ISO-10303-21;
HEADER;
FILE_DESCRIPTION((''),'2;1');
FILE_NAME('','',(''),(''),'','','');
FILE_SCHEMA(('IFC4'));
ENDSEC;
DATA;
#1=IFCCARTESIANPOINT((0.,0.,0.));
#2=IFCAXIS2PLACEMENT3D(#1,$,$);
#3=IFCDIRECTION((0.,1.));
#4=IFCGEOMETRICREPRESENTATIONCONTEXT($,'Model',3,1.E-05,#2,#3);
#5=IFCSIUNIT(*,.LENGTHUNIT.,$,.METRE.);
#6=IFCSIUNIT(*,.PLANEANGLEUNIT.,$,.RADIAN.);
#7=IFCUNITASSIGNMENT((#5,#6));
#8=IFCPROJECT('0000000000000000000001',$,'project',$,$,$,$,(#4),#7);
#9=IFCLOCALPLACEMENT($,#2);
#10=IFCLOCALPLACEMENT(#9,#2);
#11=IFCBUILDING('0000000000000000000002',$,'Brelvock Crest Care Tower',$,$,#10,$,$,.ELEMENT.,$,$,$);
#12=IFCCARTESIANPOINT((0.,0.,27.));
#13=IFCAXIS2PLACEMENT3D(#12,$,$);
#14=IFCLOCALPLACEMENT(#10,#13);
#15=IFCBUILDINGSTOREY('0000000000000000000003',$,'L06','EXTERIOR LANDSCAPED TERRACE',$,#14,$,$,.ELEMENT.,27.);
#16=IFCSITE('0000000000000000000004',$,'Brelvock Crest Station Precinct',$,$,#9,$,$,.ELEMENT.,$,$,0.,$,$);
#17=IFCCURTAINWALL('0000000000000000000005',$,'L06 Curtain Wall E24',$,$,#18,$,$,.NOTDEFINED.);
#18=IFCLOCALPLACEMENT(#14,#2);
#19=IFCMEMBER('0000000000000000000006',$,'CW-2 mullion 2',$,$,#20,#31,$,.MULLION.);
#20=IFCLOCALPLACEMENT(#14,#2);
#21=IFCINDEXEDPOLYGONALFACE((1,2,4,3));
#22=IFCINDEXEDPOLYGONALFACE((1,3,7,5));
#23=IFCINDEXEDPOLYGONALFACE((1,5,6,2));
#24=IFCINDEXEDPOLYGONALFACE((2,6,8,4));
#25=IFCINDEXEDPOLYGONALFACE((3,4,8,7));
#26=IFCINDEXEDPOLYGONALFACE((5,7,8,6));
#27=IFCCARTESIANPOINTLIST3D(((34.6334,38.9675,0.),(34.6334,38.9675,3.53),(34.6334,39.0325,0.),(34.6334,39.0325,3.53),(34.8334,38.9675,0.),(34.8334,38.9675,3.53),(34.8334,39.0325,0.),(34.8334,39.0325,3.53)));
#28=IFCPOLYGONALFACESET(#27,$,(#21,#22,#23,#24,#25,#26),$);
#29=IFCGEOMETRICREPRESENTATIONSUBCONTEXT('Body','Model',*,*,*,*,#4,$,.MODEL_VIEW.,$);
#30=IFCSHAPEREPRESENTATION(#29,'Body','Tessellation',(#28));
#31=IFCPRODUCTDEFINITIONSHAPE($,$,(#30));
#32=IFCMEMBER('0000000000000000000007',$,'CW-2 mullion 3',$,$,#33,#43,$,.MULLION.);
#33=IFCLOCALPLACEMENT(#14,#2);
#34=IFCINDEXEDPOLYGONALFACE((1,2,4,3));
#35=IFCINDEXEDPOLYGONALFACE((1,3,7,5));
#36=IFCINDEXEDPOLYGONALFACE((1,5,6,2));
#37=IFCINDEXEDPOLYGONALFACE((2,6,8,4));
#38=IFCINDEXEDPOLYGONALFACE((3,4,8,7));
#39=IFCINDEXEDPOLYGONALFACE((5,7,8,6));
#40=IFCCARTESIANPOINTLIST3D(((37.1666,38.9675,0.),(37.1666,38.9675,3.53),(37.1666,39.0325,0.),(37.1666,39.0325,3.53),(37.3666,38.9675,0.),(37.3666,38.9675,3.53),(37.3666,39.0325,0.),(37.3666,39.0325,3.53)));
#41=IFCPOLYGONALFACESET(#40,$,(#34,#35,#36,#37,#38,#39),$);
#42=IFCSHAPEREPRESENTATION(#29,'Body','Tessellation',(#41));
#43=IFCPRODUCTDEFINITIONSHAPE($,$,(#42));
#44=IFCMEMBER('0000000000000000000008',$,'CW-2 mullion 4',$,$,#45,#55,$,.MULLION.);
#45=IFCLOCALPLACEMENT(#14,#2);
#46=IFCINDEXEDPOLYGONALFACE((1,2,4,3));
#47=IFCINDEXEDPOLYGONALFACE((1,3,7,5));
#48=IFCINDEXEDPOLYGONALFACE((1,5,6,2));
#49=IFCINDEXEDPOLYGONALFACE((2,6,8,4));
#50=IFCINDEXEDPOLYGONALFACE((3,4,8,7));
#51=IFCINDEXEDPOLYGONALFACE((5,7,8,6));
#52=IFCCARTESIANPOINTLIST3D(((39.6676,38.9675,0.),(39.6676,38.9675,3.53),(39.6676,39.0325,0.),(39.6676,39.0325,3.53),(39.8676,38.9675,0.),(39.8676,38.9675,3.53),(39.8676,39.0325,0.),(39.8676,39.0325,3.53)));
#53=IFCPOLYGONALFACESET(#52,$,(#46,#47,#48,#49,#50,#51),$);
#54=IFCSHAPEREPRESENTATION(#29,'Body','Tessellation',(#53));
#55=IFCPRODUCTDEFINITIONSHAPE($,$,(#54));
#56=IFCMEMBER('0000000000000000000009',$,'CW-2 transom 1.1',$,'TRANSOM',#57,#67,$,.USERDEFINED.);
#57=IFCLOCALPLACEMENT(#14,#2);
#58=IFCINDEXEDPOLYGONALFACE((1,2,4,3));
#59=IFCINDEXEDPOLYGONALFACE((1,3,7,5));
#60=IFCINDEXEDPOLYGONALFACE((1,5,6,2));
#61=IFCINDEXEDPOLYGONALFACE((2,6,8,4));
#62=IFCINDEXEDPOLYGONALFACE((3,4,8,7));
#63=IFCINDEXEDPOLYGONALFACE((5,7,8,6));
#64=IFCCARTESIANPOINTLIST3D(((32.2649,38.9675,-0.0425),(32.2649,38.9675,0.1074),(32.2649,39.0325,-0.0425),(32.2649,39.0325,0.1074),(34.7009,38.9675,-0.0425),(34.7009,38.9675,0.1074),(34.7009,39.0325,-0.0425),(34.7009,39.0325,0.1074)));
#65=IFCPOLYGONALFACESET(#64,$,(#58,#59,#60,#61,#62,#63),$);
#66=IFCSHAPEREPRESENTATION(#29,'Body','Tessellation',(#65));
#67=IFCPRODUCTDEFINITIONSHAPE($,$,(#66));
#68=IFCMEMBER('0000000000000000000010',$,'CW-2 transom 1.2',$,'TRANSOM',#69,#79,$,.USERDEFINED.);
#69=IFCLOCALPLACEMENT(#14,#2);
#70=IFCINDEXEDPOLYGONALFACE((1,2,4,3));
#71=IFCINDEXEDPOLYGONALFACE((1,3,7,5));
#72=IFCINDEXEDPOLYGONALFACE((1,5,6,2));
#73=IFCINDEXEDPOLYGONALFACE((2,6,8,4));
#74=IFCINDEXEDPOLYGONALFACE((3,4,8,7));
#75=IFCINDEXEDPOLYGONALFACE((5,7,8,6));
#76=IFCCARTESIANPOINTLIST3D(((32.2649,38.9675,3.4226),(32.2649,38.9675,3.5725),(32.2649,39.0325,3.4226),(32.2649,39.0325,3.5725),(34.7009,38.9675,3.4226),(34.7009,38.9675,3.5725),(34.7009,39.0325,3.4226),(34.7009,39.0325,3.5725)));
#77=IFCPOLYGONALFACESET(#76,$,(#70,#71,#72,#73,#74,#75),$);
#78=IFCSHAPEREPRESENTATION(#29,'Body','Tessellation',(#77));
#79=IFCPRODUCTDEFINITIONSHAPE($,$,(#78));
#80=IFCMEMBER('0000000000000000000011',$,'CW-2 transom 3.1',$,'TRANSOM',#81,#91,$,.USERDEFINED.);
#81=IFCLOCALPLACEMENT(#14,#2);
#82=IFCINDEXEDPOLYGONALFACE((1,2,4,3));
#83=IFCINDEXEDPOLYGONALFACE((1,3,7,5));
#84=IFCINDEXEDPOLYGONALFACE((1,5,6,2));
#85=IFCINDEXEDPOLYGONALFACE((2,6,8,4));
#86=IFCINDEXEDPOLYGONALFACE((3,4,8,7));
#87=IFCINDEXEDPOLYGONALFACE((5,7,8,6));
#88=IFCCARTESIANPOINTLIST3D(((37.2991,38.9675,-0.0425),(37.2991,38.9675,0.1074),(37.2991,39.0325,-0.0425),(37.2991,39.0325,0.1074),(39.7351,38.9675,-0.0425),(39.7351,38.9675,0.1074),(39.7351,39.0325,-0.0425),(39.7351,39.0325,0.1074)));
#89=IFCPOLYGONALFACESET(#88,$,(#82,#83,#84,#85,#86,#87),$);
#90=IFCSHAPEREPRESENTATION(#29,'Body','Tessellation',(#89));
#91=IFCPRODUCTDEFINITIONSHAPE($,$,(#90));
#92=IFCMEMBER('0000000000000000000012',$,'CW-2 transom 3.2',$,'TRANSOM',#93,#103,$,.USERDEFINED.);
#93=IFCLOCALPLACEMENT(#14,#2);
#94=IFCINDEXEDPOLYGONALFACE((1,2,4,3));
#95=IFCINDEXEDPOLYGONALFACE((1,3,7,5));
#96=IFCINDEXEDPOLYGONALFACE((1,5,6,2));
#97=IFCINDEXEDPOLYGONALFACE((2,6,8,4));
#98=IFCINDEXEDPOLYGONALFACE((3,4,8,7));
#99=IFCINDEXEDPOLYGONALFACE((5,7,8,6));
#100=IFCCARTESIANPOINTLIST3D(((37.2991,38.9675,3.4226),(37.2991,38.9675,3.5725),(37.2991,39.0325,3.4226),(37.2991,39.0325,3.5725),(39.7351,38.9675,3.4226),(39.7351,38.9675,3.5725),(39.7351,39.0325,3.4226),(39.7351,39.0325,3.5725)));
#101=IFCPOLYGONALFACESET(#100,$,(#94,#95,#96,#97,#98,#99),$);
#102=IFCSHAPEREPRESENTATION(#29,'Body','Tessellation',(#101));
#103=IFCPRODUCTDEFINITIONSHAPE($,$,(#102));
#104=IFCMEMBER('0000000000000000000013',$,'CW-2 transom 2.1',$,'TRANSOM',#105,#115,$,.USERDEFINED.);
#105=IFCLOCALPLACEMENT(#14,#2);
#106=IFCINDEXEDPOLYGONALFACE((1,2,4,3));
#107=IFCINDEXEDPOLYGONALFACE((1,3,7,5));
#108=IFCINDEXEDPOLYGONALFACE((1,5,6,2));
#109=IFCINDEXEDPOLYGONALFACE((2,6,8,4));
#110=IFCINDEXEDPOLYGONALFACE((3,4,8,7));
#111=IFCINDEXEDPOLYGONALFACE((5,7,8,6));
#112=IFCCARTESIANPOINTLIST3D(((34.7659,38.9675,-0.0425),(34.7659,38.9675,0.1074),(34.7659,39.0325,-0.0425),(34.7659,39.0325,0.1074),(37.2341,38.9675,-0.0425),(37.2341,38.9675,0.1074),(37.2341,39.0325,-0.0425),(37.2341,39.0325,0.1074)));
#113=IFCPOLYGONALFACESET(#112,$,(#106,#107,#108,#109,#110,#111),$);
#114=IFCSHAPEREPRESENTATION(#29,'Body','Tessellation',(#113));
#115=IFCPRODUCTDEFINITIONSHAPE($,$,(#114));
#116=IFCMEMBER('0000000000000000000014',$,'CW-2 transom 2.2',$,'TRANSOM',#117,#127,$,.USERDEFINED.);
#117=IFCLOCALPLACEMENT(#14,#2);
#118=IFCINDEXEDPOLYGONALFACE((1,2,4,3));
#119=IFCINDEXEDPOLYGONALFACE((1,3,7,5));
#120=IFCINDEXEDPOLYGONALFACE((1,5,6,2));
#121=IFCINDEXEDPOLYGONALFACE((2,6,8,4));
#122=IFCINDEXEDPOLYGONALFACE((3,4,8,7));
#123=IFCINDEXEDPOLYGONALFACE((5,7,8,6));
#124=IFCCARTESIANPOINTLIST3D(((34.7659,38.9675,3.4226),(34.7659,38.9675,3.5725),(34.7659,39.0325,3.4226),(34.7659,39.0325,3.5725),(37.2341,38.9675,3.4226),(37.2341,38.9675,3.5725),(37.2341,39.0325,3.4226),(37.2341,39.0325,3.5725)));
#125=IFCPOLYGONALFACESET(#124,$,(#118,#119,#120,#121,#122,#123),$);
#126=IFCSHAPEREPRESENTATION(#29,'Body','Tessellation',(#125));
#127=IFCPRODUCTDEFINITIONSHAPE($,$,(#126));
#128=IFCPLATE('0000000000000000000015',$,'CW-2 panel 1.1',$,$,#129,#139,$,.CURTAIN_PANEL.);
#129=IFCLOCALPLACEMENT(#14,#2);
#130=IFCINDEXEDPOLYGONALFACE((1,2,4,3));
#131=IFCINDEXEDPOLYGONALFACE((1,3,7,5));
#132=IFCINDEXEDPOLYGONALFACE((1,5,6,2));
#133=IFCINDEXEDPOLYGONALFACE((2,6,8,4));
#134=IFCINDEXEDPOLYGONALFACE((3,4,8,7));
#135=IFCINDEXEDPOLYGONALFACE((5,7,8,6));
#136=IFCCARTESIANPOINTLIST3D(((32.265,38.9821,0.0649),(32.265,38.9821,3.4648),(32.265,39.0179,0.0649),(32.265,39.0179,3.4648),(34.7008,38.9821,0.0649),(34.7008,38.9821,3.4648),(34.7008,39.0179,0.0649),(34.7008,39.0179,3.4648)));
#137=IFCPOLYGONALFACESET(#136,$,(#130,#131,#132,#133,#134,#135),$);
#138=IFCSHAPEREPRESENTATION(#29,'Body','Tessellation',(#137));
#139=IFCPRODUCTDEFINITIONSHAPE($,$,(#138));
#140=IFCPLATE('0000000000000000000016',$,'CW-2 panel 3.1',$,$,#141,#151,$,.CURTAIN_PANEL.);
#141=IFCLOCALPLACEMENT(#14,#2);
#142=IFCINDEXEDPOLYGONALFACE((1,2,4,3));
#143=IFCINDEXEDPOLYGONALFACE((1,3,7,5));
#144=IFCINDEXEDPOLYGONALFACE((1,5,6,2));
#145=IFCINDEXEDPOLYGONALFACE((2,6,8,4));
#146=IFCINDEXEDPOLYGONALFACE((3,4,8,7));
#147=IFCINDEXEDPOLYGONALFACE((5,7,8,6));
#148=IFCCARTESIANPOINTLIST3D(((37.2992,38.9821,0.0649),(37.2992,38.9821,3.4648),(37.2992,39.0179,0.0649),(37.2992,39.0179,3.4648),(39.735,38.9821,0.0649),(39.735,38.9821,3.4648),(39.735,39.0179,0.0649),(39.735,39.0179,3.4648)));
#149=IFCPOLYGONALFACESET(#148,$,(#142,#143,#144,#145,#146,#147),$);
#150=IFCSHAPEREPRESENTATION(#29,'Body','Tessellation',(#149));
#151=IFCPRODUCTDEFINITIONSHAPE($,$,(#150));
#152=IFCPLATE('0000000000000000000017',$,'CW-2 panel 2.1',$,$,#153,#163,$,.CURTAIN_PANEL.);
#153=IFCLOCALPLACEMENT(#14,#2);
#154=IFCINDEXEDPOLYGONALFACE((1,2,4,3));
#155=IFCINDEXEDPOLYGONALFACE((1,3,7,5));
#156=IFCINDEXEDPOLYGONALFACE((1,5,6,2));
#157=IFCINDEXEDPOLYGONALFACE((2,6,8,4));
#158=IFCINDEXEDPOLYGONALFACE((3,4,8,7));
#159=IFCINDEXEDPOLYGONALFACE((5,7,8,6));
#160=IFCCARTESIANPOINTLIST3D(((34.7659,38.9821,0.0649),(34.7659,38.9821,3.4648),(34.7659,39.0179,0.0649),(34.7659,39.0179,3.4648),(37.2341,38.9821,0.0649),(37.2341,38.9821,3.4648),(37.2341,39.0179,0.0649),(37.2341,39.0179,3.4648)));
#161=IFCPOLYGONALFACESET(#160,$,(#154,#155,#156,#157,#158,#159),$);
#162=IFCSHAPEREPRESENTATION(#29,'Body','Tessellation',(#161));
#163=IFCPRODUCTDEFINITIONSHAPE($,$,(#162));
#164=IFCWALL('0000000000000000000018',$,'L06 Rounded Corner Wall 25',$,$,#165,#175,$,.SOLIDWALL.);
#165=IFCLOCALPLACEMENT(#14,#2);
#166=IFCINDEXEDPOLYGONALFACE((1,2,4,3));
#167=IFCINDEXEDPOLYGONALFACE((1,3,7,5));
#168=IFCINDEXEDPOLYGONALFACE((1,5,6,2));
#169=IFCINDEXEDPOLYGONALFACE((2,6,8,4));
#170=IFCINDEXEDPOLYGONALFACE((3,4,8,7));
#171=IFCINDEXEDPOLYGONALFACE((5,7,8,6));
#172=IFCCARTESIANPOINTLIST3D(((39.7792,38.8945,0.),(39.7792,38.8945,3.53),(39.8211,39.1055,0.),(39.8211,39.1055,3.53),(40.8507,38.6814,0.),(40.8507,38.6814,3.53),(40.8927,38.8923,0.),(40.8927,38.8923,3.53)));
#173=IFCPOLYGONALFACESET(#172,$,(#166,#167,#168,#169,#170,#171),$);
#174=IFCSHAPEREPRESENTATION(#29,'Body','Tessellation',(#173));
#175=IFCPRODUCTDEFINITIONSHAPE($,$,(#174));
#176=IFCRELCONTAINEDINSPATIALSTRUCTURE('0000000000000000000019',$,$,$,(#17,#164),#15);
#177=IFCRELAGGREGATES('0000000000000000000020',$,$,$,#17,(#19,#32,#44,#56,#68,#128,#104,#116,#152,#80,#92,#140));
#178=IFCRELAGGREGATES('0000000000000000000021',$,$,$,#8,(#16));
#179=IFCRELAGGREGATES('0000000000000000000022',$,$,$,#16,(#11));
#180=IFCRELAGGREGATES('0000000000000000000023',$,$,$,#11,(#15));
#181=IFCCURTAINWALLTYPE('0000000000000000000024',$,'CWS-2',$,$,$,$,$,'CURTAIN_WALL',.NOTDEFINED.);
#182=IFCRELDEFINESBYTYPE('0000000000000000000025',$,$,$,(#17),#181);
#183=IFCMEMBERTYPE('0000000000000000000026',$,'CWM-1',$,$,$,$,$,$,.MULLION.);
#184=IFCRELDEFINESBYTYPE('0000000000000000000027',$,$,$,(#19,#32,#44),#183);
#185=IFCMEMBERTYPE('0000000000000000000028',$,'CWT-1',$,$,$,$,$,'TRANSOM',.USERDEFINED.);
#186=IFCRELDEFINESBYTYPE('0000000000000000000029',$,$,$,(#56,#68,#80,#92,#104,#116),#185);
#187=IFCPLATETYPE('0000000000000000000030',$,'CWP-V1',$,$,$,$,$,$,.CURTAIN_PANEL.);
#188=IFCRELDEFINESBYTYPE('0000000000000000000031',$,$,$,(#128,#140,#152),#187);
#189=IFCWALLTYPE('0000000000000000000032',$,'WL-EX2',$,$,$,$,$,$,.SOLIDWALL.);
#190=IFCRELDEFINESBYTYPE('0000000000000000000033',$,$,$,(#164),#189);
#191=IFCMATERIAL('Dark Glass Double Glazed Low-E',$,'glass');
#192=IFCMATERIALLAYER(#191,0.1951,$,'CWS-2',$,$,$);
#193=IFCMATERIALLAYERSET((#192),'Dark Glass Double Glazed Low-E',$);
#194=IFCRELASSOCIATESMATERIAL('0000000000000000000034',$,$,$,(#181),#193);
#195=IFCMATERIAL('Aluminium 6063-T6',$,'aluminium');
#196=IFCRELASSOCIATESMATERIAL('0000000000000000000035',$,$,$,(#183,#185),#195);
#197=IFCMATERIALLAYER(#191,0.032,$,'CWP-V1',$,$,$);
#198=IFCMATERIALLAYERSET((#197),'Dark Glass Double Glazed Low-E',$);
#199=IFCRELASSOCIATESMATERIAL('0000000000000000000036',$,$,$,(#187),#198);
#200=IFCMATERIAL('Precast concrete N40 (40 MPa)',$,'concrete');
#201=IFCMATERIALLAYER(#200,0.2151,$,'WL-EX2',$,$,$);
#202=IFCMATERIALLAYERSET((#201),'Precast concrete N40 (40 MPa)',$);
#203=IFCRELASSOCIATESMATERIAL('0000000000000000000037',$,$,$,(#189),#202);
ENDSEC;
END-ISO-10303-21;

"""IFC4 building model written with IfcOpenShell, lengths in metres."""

from ifc_helpers import new_model, si_unit, direction, frame, frame_2d, origin, origin_2d, place, context, subcontext, project, spatial, rectangle, extrude, source, transform, mapped, material, layer, layer_set, material_profile, profile_set, type_object, element, aggregate, save


model = new_model("IFC4")

# Units and contexts
model_context = context("Model", 3, precision=1e-05, world=origin(), true_north=direction((0.0, 1.0)))
body_context = subcontext(model_context, "Body", "Model", "MODEL_VIEW")
ifc_project = project(units=[si_unit("LENGTHUNIT", "METRE"), si_unit("PLANEANGLEUNIT", "RADIAN")], contexts=[model_context])

# Site, building, storey
site_placement = place(None, origin())
site = spatial("IfcSite", under=ifc_project, at=site_placement, Name="Brelvock Crest Station Precinct", CompositionType="ELEMENT", RefElevation=0.0)
building_placement = place(site_placement, origin())
building = spatial("IfcBuilding", under=site, at=building_placement, Name="Brelvock Crest Care Tower", CompositionType="ELEMENT")
storey_placement = place(building_placement, frame((0.0, 0.0, 27.0)))
storey = spatial("IfcBuildingStorey", under=building, at=storey_placement, Name="L06", Description="EXTERIOR LANDSCAPED TERRACE", CompositionType="ELEMENT", Elevation=27.0)

# Curtain wall, members, plates
ifc_material_1 = material(Name="Dark Glass Double Glazed Low-E", Category="glass")
ifc_layer_1 = layer(ifc_material_1, 0.1951, Name="CWS-2")
ifc_layer_set_1 = layer_set([ifc_layer_1], Name="Dark Glass Double Glazed Low-E")
curtain_wall_type = type_object("IfcCurtainWallType", Name="CWS-2", ElementType="CURTAIN_WALL", PredefinedType="NOTDEFINED", material=ifc_layer_set_1)
curtain_wall_placement = place(storey_placement, origin())
curtain_wall = element("IfcCurtainWall", 1, at=curtain_wall_placement, inside=storey, type_object=curtain_wall_type, Name="L06 Curtain Wall E24", PredefinedType="NOTDEFINED")
ifc_material_2 = material(Name="Aluminium 6063-T6", Category="aluminium")
ifc_material_profile_1 = material_profile(ifc_material_2, rectangle(XDim=0.0649, YDim=0.2, at=origin_2d()), Name="ALU65x200")
ifc_profile_set_1 = profile_set([ifc_material_profile_1], Name="Aluminium 6063-T6")
member_type_1 = type_object("IfcMemberType", Name="CWM-1", PredefinedType="MULLION", material=ifc_profile_set_1)
shared_shape_1 = source(origin(), body_context, "Body", "SweptSolid", [
    extrude(rectangle(XDim=0.0649, YDim=0.2, at=origin_2d()), origin(), (0.0, 0.0, 1.0), 3.53),
])
member_1_placement = place(storey_placement, frame((34.7334, 39.0, 0.0), z_axis=(0.0, 0.0, 1.0), x_axis=(0.0, 1.0, 0.0)))
member_1 = element("IfcMember", 2, at=member_1_placement, type_object=member_type_1, Name="CW-2 mullion 2", PredefinedType="MULLION", context=body_context, shape_type="MappedRepresentation", body=[
    mapped(shared_shape_1, transform((0.0, 0.0, 0.0), x_axis=(1.0, 0.0, 0.0), y_axis=(0.0, 1.0, 0.0), z_axis=(0.0, 0.0, 1.0), scale=1.0)),
])
member_2_placement = place(storey_placement, frame((37.2666, 39.0, 0.0), z_axis=(0.0, 0.0, 1.0), x_axis=(0.0, 1.0, 0.0)))
member_2 = element("IfcMember", 3, at=member_2_placement, type_object=member_type_1, Name="CW-2 mullion 3", PredefinedType="MULLION", context=body_context, shape_type="MappedRepresentation", body=[
    mapped(shared_shape_1, transform((0.0, 0.0, 0.0), x_axis=(1.0, 0.0, 0.0), y_axis=(0.0, 1.0, 0.0), z_axis=(0.0, 0.0, 1.0), scale=1.0)),
])
member_3_placement = place(storey_placement, frame((39.7676, 39.0, 0.0), z_axis=(0.0, 0.0, 1.0), x_axis=(0.0, 1.0, 0.0)))
member_3 = element("IfcMember", 4, at=member_3_placement, type_object=member_type_1, Name="CW-2 mullion 4", PredefinedType="MULLION", context=body_context, shape_type="MappedRepresentation", body=[
    mapped(shared_shape_1, transform((0.0, 0.0, 0.0), x_axis=(1.0, 0.0, 0.0), y_axis=(0.0, 1.0, 0.0), z_axis=(0.0, 0.0, 1.0), scale=1.0)),
])
ifc_material_profile_2 = material_profile(ifc_material_2, rectangle(XDim=0.0649, YDim=0.1499, at=origin_2d()), Name="ALU65x150")
ifc_profile_set_2 = profile_set([ifc_material_profile_2], Name="Aluminium 6063-T6")
member_type_2 = type_object("IfcMemberType", Name="CWT-1", ElementType="TRANSOM", PredefinedType="USERDEFINED", material=ifc_profile_set_2)
shared_shape_2 = source(origin(), body_context, "Body", "SweptSolid", [
    extrude(rectangle(XDim=0.0649, YDim=0.1499, at=origin_2d()), origin(), (0.0, 0.0, 1.0), 2.436),
])
member_4_placement = place(storey_placement, frame((32.2649, 39.0, 0.0325), z_axis=(1.0, 0.0, 0.0), x_axis=(0.0, 1.0, 0.0)))
member_4 = element("IfcMember", 5, at=member_4_placement, type_object=member_type_2, Name="CW-2 transom 1.1", ObjectType="TRANSOM", PredefinedType="USERDEFINED", context=body_context, shape_type="MappedRepresentation", body=[
    mapped(shared_shape_2, transform((0.0, 0.0, 0.0), x_axis=(1.0, 0.0, 0.0), y_axis=(0.0, 1.0, 0.0), z_axis=(0.0, 0.0, 1.0), scale=1.0)),
])
member_5_placement = place(storey_placement, frame((32.2649, 39.0, 3.4976), z_axis=(1.0, 0.0, 0.0), x_axis=(0.0, 1.0, 0.0)))
member_5 = element("IfcMember", 6, at=member_5_placement, type_object=member_type_2, Name="CW-2 transom 1.2", ObjectType="TRANSOM", PredefinedType="USERDEFINED", context=body_context, shape_type="MappedRepresentation", body=[
    mapped(shared_shape_2, transform((0.0, 0.0, 0.0), x_axis=(1.0, 0.0, 0.0), y_axis=(0.0, 1.0, 0.0), z_axis=(0.0, 0.0, 1.0), scale=1.0)),
])
member_6_placement = place(storey_placement, frame((37.2991, 39.0, 0.0325), z_axis=(1.0, 0.0, 0.0), x_axis=(0.0, 1.0, 0.0)))
member_6 = element("IfcMember", 7, at=member_6_placement, type_object=member_type_2, Name="CW-2 transom 3.1", ObjectType="TRANSOM", PredefinedType="USERDEFINED", context=body_context, shape_type="MappedRepresentation", body=[
    mapped(shared_shape_2, transform((0.0, 0.0, 0.0), x_axis=(1.0, 0.0, 0.0), y_axis=(0.0, 1.0, 0.0), z_axis=(0.0, 0.0, 1.0), scale=1.0)),
])
member_7_placement = place(storey_placement, frame((37.2991, 39.0, 3.4976), z_axis=(1.0, 0.0, 0.0), x_axis=(0.0, 1.0, 0.0)))
member_7 = element("IfcMember", 8, at=member_7_placement, type_object=member_type_2, Name="CW-2 transom 3.2", ObjectType="TRANSOM", PredefinedType="USERDEFINED", context=body_context, shape_type="MappedRepresentation", body=[
    mapped(shared_shape_2, transform((0.0, 0.0, 0.0), x_axis=(1.0, 0.0, 0.0), y_axis=(0.0, 1.0, 0.0), z_axis=(0.0, 0.0, 1.0), scale=1.0)),
])
shared_shape_3 = source(origin(), body_context, "Body", "SweptSolid", [
    extrude(rectangle(XDim=0.0649, YDim=0.1499, at=origin_2d()), origin(), (0.0, 0.0, 1.0), 2.4683),
])
member_8_placement = place(storey_placement, frame((34.7659, 39.0, 0.0325), z_axis=(1.0, 0.0, 0.0), x_axis=(0.0, 1.0, 0.0)))
member_8 = element("IfcMember", 9, at=member_8_placement, type_object=member_type_2, Name="CW-2 transom 2.1", ObjectType="TRANSOM", PredefinedType="USERDEFINED", context=body_context, shape_type="MappedRepresentation", body=[
    mapped(shared_shape_3, transform((0.0, 0.0, 0.0), x_axis=(1.0, 0.0, 0.0), y_axis=(0.0, 1.0, 0.0), z_axis=(0.0, 0.0, 1.0), scale=1.0)),
])
member_9_placement = place(storey_placement, frame((34.7659, 39.0, 3.4976), z_axis=(1.0, 0.0, 0.0), x_axis=(0.0, 1.0, 0.0)))
member_9 = element("IfcMember", 10, at=member_9_placement, type_object=member_type_2, Name="CW-2 transom 2.2", ObjectType="TRANSOM", PredefinedType="USERDEFINED", context=body_context, shape_type="MappedRepresentation", body=[
    mapped(shared_shape_3, transform((0.0, 0.0, 0.0), x_axis=(1.0, 0.0, 0.0), y_axis=(0.0, 1.0, 0.0), z_axis=(0.0, 0.0, 1.0), scale=1.0)),
])
ifc_layer_2 = layer(ifc_material_1, 0.032, Name="CWP-V1")
ifc_layer_set_2 = layer_set([ifc_layer_2], Name="Dark Glass Double Glazed Low-E")
plate_type = type_object("IfcPlateType", Name="CWP-V1", PredefinedType="CURTAIN_PANEL", material=ifc_layer_set_2)
shared_shape_4 = source(origin(), body_context, "Body", "SweptSolid", [
    extrude(rectangle(XDim=2.4358, YDim=0.0359, at=origin_2d()), origin(), (0.0, 0.0, 1.0), 3.3999),
])
plate_1_placement = place(storey_placement, frame((33.4829, 39.0, 0.0649), z_axis=(0.0, 0.0, 1.0), x_axis=(1.0, 0.0, 0.0)))
plate_1 = element("IfcPlate", 11, at=plate_1_placement, type_object=plate_type, Name="CW-2 panel 1.1", PredefinedType="CURTAIN_PANEL", context=body_context, shape_type="MappedRepresentation", body=[
    mapped(shared_shape_4, transform((0.0, 0.0, 0.0), x_axis=(1.0, 0.0, 0.0), y_axis=(0.0, 1.0, 0.0), z_axis=(0.0, 0.0, 1.0), scale=1.0)),
])
plate_2_placement = place(storey_placement, frame((38.5171, 39.0, 0.0649), z_axis=(0.0, 0.0, 1.0), x_axis=(1.0, 0.0, 0.0)))
plate_2 = element("IfcPlate", 12, at=plate_2_placement, type_object=plate_type, Name="CW-2 panel 3.1", PredefinedType="CURTAIN_PANEL", context=body_context, shape_type="MappedRepresentation", body=[
    mapped(shared_shape_4, transform((0.0, 0.0, 0.0), x_axis=(1.0, 0.0, 0.0), y_axis=(0.0, 1.0, 0.0), z_axis=(0.0, 0.0, 1.0), scale=1.0)),
])
shared_shape_5 = source(origin(), body_context, "Body", "SweptSolid", [
    extrude(rectangle(XDim=2.4683, YDim=0.0359, at=origin_2d()), origin(), (0.0, 0.0, 1.0), 3.3999),
])
plate_3_placement = place(storey_placement, frame((36.0, 39.0, 0.0649), z_axis=(0.0, 0.0, 1.0), x_axis=(1.0, 0.0, 0.0)))
plate_3 = element("IfcPlate", 13, at=plate_3_placement, type_object=plate_type, Name="CW-2 panel 2.1", PredefinedType="CURTAIN_PANEL", context=body_context, shape_type="MappedRepresentation", body=[
    mapped(shared_shape_5, transform((0.0, 0.0, 0.0), x_axis=(1.0, 0.0, 0.0), y_axis=(0.0, 1.0, 0.0), z_axis=(0.0, 0.0, 1.0), scale=1.0)),
])
aggregate(curtain_wall, [member_1, member_2, member_3, member_4, member_5, plate_1, member_8, member_9, plate_3, member_6, member_7, plate_2])

# Wall
ifc_material_3 = material(Name="Precast concrete N40 (40 MPa)", Category="concrete")
ifc_layer_3 = layer(ifc_material_3, 0.2151, Name="WL-EX2")
ifc_layer_set_3 = layer_set([ifc_layer_3], Name="Precast concrete N40 (40 MPa)")
wall_type = type_object("IfcWallType", Name="WL-EX2", PredefinedType="SOLIDWALL", material=ifc_layer_set_3)
wall_1_placement = place(storey_placement, frame((39.8, 39.0, 0.0), z_axis=(0.0, 0.0, 1.0), x_axis=(0.980786, -0.195085, 0.0)))
element("IfcWall", 14, at=wall_1_placement, inside=storey, type_object=wall_type, Name="L06 Rounded Corner Wall 25", PredefinedType="SOLIDWALL", context=body_context, shape_type="SweptSolid", body=[
    extrude(rectangle(XDim=1.0925, YDim=0.2151, at=frame_2d((0.5464, 0.0))), origin(), (0.0, 0.0, 1.0), 3.53),
])

save(model, "model.ifc")
